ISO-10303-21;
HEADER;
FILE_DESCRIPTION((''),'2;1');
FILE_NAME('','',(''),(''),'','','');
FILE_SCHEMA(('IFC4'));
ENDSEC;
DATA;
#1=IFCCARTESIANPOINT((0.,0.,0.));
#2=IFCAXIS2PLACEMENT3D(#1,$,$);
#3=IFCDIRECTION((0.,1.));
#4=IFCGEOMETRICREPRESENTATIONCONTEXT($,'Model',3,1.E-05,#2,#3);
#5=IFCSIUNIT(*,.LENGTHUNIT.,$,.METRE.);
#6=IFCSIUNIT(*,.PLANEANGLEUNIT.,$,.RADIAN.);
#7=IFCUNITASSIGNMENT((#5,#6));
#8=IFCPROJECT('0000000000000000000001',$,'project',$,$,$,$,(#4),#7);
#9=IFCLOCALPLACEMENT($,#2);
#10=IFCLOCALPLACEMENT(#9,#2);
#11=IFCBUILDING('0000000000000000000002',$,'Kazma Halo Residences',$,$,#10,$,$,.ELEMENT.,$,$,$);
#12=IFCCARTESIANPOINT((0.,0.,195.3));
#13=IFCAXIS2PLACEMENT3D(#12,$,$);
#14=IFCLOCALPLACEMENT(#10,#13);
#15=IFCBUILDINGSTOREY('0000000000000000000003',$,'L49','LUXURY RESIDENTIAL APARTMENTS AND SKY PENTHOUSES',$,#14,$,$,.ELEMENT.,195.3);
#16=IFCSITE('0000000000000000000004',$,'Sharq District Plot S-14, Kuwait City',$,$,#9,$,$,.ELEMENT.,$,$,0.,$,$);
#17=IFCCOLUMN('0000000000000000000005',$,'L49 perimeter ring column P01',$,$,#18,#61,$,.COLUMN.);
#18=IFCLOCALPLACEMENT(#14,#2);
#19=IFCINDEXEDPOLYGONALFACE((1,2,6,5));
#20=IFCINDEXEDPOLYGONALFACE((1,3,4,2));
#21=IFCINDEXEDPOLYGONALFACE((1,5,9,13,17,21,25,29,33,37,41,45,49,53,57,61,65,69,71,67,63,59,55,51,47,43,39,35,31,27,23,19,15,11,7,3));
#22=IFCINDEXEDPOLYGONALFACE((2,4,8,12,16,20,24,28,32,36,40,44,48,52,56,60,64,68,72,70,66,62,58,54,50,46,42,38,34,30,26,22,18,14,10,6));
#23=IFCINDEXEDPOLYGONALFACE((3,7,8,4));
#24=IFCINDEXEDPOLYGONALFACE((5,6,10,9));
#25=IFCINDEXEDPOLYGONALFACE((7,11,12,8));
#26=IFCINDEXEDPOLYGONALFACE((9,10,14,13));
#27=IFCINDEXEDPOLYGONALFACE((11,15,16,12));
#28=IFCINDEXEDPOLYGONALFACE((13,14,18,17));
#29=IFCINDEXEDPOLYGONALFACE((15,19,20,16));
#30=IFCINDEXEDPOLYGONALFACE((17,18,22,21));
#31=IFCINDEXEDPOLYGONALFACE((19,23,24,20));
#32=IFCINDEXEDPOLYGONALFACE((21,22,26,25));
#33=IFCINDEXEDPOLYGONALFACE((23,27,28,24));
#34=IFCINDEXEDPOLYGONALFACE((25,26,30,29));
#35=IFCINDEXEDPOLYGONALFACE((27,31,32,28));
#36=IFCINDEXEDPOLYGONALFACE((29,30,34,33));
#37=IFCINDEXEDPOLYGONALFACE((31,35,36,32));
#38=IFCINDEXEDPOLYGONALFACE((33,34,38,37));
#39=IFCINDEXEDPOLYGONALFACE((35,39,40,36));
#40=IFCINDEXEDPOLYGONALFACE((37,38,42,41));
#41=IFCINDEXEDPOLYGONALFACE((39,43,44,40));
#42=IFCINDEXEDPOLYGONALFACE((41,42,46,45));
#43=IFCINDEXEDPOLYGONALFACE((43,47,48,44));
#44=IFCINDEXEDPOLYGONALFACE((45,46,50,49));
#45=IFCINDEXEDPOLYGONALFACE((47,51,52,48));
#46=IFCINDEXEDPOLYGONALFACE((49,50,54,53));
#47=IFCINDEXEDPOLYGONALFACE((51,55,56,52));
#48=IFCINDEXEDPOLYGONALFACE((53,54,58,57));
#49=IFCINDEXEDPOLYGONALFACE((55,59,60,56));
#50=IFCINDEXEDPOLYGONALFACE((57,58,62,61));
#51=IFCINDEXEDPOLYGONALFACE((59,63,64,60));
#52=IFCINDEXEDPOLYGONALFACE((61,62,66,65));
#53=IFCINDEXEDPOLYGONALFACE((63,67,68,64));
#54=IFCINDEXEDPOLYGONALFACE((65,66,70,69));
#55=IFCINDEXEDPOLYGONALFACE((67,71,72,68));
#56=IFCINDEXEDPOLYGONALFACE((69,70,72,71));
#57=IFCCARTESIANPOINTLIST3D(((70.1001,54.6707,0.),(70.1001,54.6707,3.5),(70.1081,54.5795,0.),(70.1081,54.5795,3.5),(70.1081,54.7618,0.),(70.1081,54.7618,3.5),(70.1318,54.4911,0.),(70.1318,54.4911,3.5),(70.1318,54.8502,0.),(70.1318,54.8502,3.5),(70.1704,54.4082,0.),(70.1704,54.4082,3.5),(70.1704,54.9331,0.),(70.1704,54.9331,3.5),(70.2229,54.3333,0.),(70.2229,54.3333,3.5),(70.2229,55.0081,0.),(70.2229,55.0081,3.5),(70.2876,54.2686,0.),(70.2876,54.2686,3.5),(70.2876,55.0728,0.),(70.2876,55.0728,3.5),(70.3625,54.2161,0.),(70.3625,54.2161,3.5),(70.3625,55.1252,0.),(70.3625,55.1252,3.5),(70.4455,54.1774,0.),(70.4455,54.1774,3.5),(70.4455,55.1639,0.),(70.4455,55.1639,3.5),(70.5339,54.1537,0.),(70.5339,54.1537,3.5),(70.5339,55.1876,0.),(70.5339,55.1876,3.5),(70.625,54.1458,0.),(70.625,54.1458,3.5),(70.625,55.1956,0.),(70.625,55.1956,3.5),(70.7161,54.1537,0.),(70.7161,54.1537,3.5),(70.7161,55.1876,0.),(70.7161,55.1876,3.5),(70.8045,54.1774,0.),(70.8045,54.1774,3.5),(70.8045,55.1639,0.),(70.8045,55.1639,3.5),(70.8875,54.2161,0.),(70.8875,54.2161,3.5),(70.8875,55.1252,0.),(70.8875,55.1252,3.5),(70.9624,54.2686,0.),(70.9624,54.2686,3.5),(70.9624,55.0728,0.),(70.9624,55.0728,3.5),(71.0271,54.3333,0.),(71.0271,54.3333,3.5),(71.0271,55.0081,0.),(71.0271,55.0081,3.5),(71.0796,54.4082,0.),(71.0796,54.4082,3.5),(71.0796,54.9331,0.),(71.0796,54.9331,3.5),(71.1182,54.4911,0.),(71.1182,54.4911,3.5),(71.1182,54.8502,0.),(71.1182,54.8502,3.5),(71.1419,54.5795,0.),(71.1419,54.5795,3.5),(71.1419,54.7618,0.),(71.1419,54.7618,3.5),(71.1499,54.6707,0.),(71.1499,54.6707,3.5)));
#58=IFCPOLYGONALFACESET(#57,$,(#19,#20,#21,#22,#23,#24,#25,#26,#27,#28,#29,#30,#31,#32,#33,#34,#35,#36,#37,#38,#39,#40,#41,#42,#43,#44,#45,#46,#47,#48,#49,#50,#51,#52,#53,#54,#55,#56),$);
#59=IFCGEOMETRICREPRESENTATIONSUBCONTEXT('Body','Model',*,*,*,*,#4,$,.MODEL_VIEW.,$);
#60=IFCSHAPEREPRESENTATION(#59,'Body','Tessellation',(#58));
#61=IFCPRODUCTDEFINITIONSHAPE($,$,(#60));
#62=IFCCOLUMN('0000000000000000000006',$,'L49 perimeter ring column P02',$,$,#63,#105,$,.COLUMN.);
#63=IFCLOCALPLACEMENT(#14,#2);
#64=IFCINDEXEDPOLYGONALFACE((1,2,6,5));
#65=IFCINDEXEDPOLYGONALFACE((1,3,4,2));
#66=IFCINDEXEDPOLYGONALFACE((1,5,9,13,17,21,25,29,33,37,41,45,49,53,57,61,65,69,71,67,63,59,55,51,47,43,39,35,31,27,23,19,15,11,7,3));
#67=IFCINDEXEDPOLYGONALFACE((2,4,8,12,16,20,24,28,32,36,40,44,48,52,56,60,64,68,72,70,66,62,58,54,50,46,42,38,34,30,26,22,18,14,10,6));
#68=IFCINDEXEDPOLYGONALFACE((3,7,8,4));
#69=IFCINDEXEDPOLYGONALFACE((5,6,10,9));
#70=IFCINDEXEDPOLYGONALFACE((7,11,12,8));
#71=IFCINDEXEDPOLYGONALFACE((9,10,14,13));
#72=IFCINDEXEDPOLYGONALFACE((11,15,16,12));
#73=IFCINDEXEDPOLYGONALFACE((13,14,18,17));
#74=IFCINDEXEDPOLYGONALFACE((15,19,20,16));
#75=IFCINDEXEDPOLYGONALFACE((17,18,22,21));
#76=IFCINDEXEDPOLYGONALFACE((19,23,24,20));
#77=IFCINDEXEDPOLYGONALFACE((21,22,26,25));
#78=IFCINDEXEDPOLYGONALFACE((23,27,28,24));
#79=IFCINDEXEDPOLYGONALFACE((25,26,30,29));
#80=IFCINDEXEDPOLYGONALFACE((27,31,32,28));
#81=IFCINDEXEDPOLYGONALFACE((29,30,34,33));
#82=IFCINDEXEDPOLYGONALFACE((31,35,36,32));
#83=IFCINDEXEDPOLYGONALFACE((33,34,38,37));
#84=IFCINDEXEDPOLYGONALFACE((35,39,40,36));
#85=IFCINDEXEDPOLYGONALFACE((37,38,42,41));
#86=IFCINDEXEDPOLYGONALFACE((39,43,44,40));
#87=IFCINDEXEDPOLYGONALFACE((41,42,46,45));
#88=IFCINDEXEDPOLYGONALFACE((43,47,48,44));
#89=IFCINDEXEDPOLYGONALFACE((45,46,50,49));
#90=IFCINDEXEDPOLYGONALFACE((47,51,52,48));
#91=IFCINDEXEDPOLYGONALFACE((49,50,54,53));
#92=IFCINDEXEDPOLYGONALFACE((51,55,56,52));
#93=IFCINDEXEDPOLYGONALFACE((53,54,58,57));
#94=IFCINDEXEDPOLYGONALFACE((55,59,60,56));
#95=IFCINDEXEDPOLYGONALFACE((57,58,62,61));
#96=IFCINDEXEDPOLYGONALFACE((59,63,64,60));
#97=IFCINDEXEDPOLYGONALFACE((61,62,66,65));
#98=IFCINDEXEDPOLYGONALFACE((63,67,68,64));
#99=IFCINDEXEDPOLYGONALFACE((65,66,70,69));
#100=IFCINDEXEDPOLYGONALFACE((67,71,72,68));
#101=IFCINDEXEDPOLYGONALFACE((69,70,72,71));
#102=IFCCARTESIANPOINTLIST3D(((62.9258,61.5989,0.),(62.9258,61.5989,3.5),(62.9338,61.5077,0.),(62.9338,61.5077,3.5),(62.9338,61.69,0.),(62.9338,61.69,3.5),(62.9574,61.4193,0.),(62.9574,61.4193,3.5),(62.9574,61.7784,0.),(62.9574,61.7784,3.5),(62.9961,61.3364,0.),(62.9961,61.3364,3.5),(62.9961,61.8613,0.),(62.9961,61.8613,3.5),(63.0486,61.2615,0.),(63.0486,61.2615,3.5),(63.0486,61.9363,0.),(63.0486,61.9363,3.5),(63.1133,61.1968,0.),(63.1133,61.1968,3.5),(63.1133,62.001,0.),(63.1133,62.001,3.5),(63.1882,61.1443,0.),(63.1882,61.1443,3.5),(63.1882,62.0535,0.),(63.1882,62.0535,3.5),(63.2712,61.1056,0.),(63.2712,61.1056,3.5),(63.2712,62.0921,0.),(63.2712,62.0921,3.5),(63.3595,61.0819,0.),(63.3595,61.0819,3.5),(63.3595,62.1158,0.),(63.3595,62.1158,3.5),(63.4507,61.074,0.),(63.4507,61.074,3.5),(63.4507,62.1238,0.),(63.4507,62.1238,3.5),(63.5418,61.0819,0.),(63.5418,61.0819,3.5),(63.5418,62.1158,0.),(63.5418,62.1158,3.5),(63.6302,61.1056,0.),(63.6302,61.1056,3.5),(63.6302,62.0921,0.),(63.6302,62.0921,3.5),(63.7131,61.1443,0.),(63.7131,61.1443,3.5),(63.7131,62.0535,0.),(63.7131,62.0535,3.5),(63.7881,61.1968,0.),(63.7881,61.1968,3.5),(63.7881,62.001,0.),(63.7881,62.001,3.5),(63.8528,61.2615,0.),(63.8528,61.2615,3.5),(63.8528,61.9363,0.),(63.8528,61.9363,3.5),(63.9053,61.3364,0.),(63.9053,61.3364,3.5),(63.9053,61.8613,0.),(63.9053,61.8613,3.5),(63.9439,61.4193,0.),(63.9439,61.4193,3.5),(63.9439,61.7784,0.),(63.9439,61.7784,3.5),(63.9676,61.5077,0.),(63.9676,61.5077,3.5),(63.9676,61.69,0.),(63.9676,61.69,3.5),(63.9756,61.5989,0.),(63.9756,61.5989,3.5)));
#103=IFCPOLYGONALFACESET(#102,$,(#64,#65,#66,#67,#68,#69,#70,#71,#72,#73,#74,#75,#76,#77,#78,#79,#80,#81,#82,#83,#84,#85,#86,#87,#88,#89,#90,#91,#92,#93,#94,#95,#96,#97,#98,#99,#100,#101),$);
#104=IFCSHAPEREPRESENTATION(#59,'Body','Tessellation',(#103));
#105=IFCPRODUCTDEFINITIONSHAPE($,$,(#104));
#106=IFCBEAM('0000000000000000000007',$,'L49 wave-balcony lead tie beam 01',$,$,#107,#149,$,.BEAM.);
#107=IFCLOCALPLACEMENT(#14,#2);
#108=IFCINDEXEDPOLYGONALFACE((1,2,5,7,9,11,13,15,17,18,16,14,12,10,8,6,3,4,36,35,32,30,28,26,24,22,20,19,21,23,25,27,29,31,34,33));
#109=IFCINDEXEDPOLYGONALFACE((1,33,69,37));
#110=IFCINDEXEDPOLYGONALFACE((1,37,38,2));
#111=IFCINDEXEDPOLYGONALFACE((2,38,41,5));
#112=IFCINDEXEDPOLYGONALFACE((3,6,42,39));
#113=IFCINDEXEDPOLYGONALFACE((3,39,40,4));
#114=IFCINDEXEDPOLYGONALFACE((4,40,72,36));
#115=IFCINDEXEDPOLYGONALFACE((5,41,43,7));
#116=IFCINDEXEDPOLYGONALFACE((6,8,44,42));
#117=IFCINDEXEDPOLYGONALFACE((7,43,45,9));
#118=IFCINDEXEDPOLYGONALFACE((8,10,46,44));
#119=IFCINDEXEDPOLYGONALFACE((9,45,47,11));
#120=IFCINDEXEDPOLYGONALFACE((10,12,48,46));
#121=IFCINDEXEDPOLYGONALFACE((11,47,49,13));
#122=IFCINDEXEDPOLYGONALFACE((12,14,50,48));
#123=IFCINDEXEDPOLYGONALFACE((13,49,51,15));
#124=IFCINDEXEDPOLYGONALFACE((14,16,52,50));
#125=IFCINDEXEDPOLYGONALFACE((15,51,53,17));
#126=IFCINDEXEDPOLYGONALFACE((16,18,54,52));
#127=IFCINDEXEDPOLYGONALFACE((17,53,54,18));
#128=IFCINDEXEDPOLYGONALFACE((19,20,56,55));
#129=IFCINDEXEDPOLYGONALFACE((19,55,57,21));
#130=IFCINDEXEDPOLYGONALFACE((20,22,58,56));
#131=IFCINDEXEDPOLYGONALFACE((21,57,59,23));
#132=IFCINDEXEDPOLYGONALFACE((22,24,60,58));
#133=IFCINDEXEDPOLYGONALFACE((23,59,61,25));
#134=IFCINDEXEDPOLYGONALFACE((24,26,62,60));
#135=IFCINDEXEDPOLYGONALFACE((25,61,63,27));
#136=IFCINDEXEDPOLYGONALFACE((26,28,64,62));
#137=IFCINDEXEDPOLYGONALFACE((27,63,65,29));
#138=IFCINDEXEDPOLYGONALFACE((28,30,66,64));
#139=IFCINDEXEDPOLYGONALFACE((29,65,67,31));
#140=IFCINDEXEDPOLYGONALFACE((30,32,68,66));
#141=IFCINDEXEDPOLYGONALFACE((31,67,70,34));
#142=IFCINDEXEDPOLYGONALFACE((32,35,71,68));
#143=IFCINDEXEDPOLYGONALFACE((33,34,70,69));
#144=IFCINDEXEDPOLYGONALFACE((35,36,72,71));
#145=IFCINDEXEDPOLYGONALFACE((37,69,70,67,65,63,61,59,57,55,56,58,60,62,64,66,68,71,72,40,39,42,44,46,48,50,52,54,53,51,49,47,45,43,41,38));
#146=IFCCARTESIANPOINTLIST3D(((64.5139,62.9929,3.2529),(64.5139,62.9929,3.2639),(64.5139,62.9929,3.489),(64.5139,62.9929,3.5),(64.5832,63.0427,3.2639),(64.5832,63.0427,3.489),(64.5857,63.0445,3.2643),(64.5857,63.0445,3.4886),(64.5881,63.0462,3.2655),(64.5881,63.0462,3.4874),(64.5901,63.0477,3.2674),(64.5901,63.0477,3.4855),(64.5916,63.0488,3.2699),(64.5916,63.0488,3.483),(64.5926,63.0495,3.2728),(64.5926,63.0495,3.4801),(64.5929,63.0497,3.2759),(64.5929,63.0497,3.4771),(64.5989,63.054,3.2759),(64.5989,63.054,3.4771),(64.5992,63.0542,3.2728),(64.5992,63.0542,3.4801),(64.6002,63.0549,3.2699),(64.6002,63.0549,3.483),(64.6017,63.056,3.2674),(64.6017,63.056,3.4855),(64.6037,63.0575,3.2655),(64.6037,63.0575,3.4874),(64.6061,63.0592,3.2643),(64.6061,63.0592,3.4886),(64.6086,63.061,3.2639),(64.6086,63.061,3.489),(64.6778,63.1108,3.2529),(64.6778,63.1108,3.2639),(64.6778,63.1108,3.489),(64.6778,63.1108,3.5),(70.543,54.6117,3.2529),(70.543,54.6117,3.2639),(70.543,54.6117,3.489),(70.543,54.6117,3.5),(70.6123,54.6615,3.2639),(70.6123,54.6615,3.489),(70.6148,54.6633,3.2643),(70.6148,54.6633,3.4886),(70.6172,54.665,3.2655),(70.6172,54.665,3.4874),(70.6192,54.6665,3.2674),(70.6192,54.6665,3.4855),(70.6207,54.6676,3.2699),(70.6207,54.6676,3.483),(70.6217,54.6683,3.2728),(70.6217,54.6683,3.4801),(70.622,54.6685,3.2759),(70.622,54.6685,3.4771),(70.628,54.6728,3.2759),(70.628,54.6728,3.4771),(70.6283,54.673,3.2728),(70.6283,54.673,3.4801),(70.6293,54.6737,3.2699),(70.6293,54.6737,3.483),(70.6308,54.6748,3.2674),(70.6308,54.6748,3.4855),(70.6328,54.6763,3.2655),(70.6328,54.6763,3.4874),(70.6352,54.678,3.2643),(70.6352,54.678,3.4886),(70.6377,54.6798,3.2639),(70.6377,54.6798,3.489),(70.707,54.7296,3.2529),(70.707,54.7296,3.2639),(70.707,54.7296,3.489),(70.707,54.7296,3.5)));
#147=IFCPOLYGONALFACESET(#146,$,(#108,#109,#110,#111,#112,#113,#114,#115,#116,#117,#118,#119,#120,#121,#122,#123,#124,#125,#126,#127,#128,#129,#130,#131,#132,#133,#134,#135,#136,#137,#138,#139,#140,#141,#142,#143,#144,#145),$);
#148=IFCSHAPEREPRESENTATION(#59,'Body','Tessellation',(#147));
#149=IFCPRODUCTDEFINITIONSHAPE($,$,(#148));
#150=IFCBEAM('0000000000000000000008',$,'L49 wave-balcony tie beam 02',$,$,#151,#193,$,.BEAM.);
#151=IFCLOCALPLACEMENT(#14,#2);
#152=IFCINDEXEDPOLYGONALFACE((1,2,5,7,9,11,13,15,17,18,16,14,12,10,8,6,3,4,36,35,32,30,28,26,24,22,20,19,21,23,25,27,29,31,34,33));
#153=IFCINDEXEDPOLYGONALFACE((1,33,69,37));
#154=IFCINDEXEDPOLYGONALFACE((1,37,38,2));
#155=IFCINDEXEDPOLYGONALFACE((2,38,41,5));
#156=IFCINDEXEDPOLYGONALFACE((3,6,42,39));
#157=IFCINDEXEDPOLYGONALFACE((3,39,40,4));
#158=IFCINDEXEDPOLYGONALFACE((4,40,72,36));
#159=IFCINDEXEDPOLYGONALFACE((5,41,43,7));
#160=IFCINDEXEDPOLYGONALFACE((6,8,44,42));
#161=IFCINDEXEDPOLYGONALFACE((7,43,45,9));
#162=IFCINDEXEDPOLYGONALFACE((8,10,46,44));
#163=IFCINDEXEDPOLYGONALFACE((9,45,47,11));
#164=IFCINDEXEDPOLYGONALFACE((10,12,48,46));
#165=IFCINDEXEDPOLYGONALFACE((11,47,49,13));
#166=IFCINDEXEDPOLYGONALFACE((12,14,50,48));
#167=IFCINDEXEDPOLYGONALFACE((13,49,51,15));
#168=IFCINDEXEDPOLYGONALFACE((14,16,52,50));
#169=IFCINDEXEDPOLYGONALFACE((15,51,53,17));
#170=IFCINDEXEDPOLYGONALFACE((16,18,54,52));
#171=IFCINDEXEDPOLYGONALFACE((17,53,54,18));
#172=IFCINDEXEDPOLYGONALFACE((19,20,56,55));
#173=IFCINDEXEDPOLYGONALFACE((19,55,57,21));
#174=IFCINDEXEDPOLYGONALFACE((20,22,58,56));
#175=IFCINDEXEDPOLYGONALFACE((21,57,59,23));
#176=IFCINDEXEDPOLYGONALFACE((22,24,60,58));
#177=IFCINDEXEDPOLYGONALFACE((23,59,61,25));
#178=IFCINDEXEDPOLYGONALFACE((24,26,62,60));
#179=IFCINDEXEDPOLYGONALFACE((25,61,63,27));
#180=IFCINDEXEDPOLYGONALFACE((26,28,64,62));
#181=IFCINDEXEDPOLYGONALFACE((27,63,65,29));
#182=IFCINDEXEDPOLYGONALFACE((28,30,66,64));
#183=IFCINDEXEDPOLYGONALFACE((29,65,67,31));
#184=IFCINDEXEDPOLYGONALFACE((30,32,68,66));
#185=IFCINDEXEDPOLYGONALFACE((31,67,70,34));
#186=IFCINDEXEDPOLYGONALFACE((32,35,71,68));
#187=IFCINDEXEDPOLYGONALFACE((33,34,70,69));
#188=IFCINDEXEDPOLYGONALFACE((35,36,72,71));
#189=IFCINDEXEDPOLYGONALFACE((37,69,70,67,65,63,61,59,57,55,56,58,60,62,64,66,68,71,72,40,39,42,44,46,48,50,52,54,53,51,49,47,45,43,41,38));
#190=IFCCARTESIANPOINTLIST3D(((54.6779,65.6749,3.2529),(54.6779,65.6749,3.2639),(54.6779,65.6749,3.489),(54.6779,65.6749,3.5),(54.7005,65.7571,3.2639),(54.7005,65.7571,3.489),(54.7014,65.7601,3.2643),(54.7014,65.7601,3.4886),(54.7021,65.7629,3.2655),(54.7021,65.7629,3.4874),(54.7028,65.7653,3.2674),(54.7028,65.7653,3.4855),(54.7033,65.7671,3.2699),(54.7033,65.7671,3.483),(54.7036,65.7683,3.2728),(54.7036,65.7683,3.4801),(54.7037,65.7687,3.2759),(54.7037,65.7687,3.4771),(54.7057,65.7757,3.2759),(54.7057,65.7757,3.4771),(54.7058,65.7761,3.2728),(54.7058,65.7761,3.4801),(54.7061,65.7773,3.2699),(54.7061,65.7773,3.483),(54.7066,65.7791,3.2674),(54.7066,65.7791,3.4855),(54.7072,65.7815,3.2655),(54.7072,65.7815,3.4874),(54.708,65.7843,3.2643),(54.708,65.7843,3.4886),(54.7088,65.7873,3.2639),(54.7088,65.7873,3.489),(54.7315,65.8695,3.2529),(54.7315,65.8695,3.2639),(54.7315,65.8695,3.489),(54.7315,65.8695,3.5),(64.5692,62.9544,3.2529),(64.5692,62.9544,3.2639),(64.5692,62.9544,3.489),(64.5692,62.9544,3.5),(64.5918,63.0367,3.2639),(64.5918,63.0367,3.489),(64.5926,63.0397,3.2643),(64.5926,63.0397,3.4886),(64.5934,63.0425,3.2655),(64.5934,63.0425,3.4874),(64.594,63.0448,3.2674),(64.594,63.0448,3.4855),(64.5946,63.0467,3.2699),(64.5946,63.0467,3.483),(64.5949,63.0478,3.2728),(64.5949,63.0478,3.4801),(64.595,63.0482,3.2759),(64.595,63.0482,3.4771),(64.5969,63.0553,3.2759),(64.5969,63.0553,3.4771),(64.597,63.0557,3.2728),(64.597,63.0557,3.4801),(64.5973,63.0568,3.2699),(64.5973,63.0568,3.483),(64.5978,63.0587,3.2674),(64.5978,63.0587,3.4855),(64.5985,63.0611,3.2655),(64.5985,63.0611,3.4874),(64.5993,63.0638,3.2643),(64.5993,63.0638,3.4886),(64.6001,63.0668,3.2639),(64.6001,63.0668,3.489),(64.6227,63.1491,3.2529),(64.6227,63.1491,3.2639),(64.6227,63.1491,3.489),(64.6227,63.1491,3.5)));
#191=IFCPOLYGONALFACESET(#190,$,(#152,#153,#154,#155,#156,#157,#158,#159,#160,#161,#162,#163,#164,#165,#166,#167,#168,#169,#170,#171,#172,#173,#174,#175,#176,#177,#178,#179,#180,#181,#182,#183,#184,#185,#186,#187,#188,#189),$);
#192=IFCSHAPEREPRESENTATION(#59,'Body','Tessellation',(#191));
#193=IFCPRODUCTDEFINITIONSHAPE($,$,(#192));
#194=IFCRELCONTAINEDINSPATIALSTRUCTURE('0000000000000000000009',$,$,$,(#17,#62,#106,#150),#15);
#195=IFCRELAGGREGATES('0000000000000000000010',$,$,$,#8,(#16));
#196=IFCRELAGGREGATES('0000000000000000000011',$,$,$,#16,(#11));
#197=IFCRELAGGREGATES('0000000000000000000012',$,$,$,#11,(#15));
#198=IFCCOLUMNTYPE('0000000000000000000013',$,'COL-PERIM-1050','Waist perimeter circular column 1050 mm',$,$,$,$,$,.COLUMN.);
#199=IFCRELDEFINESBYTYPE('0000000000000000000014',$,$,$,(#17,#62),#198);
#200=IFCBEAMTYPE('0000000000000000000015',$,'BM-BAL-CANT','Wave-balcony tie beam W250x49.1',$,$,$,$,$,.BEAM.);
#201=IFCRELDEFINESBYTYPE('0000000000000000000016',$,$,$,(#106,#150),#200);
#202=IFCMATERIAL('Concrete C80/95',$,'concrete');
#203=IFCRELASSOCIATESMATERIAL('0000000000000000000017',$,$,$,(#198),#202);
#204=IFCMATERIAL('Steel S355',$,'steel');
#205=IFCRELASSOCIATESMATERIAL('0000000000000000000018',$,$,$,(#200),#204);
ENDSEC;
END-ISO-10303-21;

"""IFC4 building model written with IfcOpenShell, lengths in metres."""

from ifc_helpers import new_model, si_unit, direction, frame, origin, origin_2d, place, context, subcontext, project, spatial, circle, i_section, extrude, material, material_profile, profile_set, type_object, element, save


model = new_model("IFC4")

# Units and contexts
model_context = context("Model", 3, precision=1e-05, world=origin(), true_north=direction((0.0, 1.0)))
body_context = subcontext(model_context, "Body", "Model", "MODEL_VIEW")
ifc_project = project(units=[si_unit("LENGTHUNIT", "METRE"), si_unit("PLANEANGLEUNIT", "RADIAN")], contexts=[model_context])

# Site, building, storey
site_placement = place(None, origin())
site = spatial("IfcSite", under=ifc_project, at=site_placement, Name="Sharq District Plot S-14, Kuwait City", CompositionType="ELEMENT", RefElevation=0.0)
building_placement = place(site_placement, origin())
building = spatial("IfcBuilding", under=site, at=building_placement, Name="Kazma Halo Residences", CompositionType="ELEMENT")
storey_placement = place(building_placement, frame((0.0, 0.0, 195.3)))
storey = spatial("IfcBuildingStorey", under=building, at=storey_placement, Name="L49", Description="LUXURY RESIDENTIAL APARTMENTS AND SKY PENTHOUSES", CompositionType="ELEMENT", Elevation=195.3)

# Columns
ifc_material_1 = material(Name="Concrete C80/95", Category="concrete")
ifc_material_profile_1 = material_profile(ifc_material_1, circle(Radius=0.5249, at=origin_2d()), Name="CIRC1050")
ifc_profile_set_1 = profile_set([ifc_material_profile_1], Name="Concrete C80/95")
column_type = type_object("IfcColumnType", Name="COL-PERIM-1050", Description="Waist perimeter circular column 1050 mm", PredefinedType="COLUMN", material=ifc_profile_set_1)
for number, where, z_axis, x_axis, name in (
    (1, (70.625, 54.6707, 0.0), (0.0, 0.0, 1.0), (1.0, 0.0, 0.0), "L49 perimeter ring column P01"),
    (2, (63.4507, 61.5989, 0.0), (0.0, 0.0, 1.0), (1.0, 0.0, 0.0), "L49 perimeter ring column P02"),
):
    element("IfcColumn", number, at=place(storey_placement, frame(where, z_axis=z_axis, x_axis=x_axis)), inside=storey, type_object=column_type, Name=name, PredefinedType="COLUMN", context=body_context, shape_type="SweptSolid", body=[
        extrude(circle(Radius=0.5249, at=origin_2d()), origin(), (0.0, 0.0, 1.0), 3.5),
    ])

# Beams
ifc_material_2 = material(Name="Steel S355", Category="steel")
ifc_material_profile_2 = material_profile(ifc_material_2, i_section(OverallWidth=0.2019, OverallDepth=0.2471, WebThickness=0.0073, FlangeThickness=0.011, FilletRadius=0.012, at=origin_2d()), Name="W250x49.1")
ifc_profile_set_2 = profile_set([ifc_material_profile_2], Name="Steel S355")
beam_type_1 = type_object("IfcBeamType", Name="BM-BAL-CANT", Description="Wave-balcony tie beam W250x49.1", PredefinedType="BEAM", material=ifc_profile_set_2)
beam_1_placement = place(storey_placement, frame((70.625, 54.6707, 3.3765), z_axis=(-0.583964, 0.81178, 0.0), x_axis=(-0.81178, -0.583964, 0.0)))
element("IfcBeam", 3, at=beam_1_placement, inside=storey, type_object=beam_type_1, Name="L49 wave-balcony lead tie beam 01", PredefinedType="BEAM", context=body_context, shape_type="SweptSolid", body=[
    extrude(i_section(OverallWidth=0.2019, OverallDepth=0.2471, WebThickness=0.0073, FlangeThickness=0.011, FilletRadius=0.012, at=origin_2d()), origin(), (0.0, 0.0, 1.0), 10.3245),
])
beam_2_placement = place(storey_placement, frame((64.5959, 63.0518, 3.3765), z_axis=(-0.964197, 0.265187, 0.0), x_axis=(-0.265187, -0.964197, 0.0)))
element("IfcBeam", 4, at=beam_2_placement, inside=storey, type_object=beam_type_1, Name="L49 wave-balcony tie beam 02", PredefinedType="BEAM", context=body_context, shape_type="SweptSolid", body=[
    extrude(i_section(OverallWidth=0.2019, OverallDepth=0.2471, WebThickness=0.0073, FlangeThickness=0.011, FilletRadius=0.012, at=origin_2d()), origin(), (0.0, 0.0, 1.0), 10.2585),
])

save(model, "model.ifc")
